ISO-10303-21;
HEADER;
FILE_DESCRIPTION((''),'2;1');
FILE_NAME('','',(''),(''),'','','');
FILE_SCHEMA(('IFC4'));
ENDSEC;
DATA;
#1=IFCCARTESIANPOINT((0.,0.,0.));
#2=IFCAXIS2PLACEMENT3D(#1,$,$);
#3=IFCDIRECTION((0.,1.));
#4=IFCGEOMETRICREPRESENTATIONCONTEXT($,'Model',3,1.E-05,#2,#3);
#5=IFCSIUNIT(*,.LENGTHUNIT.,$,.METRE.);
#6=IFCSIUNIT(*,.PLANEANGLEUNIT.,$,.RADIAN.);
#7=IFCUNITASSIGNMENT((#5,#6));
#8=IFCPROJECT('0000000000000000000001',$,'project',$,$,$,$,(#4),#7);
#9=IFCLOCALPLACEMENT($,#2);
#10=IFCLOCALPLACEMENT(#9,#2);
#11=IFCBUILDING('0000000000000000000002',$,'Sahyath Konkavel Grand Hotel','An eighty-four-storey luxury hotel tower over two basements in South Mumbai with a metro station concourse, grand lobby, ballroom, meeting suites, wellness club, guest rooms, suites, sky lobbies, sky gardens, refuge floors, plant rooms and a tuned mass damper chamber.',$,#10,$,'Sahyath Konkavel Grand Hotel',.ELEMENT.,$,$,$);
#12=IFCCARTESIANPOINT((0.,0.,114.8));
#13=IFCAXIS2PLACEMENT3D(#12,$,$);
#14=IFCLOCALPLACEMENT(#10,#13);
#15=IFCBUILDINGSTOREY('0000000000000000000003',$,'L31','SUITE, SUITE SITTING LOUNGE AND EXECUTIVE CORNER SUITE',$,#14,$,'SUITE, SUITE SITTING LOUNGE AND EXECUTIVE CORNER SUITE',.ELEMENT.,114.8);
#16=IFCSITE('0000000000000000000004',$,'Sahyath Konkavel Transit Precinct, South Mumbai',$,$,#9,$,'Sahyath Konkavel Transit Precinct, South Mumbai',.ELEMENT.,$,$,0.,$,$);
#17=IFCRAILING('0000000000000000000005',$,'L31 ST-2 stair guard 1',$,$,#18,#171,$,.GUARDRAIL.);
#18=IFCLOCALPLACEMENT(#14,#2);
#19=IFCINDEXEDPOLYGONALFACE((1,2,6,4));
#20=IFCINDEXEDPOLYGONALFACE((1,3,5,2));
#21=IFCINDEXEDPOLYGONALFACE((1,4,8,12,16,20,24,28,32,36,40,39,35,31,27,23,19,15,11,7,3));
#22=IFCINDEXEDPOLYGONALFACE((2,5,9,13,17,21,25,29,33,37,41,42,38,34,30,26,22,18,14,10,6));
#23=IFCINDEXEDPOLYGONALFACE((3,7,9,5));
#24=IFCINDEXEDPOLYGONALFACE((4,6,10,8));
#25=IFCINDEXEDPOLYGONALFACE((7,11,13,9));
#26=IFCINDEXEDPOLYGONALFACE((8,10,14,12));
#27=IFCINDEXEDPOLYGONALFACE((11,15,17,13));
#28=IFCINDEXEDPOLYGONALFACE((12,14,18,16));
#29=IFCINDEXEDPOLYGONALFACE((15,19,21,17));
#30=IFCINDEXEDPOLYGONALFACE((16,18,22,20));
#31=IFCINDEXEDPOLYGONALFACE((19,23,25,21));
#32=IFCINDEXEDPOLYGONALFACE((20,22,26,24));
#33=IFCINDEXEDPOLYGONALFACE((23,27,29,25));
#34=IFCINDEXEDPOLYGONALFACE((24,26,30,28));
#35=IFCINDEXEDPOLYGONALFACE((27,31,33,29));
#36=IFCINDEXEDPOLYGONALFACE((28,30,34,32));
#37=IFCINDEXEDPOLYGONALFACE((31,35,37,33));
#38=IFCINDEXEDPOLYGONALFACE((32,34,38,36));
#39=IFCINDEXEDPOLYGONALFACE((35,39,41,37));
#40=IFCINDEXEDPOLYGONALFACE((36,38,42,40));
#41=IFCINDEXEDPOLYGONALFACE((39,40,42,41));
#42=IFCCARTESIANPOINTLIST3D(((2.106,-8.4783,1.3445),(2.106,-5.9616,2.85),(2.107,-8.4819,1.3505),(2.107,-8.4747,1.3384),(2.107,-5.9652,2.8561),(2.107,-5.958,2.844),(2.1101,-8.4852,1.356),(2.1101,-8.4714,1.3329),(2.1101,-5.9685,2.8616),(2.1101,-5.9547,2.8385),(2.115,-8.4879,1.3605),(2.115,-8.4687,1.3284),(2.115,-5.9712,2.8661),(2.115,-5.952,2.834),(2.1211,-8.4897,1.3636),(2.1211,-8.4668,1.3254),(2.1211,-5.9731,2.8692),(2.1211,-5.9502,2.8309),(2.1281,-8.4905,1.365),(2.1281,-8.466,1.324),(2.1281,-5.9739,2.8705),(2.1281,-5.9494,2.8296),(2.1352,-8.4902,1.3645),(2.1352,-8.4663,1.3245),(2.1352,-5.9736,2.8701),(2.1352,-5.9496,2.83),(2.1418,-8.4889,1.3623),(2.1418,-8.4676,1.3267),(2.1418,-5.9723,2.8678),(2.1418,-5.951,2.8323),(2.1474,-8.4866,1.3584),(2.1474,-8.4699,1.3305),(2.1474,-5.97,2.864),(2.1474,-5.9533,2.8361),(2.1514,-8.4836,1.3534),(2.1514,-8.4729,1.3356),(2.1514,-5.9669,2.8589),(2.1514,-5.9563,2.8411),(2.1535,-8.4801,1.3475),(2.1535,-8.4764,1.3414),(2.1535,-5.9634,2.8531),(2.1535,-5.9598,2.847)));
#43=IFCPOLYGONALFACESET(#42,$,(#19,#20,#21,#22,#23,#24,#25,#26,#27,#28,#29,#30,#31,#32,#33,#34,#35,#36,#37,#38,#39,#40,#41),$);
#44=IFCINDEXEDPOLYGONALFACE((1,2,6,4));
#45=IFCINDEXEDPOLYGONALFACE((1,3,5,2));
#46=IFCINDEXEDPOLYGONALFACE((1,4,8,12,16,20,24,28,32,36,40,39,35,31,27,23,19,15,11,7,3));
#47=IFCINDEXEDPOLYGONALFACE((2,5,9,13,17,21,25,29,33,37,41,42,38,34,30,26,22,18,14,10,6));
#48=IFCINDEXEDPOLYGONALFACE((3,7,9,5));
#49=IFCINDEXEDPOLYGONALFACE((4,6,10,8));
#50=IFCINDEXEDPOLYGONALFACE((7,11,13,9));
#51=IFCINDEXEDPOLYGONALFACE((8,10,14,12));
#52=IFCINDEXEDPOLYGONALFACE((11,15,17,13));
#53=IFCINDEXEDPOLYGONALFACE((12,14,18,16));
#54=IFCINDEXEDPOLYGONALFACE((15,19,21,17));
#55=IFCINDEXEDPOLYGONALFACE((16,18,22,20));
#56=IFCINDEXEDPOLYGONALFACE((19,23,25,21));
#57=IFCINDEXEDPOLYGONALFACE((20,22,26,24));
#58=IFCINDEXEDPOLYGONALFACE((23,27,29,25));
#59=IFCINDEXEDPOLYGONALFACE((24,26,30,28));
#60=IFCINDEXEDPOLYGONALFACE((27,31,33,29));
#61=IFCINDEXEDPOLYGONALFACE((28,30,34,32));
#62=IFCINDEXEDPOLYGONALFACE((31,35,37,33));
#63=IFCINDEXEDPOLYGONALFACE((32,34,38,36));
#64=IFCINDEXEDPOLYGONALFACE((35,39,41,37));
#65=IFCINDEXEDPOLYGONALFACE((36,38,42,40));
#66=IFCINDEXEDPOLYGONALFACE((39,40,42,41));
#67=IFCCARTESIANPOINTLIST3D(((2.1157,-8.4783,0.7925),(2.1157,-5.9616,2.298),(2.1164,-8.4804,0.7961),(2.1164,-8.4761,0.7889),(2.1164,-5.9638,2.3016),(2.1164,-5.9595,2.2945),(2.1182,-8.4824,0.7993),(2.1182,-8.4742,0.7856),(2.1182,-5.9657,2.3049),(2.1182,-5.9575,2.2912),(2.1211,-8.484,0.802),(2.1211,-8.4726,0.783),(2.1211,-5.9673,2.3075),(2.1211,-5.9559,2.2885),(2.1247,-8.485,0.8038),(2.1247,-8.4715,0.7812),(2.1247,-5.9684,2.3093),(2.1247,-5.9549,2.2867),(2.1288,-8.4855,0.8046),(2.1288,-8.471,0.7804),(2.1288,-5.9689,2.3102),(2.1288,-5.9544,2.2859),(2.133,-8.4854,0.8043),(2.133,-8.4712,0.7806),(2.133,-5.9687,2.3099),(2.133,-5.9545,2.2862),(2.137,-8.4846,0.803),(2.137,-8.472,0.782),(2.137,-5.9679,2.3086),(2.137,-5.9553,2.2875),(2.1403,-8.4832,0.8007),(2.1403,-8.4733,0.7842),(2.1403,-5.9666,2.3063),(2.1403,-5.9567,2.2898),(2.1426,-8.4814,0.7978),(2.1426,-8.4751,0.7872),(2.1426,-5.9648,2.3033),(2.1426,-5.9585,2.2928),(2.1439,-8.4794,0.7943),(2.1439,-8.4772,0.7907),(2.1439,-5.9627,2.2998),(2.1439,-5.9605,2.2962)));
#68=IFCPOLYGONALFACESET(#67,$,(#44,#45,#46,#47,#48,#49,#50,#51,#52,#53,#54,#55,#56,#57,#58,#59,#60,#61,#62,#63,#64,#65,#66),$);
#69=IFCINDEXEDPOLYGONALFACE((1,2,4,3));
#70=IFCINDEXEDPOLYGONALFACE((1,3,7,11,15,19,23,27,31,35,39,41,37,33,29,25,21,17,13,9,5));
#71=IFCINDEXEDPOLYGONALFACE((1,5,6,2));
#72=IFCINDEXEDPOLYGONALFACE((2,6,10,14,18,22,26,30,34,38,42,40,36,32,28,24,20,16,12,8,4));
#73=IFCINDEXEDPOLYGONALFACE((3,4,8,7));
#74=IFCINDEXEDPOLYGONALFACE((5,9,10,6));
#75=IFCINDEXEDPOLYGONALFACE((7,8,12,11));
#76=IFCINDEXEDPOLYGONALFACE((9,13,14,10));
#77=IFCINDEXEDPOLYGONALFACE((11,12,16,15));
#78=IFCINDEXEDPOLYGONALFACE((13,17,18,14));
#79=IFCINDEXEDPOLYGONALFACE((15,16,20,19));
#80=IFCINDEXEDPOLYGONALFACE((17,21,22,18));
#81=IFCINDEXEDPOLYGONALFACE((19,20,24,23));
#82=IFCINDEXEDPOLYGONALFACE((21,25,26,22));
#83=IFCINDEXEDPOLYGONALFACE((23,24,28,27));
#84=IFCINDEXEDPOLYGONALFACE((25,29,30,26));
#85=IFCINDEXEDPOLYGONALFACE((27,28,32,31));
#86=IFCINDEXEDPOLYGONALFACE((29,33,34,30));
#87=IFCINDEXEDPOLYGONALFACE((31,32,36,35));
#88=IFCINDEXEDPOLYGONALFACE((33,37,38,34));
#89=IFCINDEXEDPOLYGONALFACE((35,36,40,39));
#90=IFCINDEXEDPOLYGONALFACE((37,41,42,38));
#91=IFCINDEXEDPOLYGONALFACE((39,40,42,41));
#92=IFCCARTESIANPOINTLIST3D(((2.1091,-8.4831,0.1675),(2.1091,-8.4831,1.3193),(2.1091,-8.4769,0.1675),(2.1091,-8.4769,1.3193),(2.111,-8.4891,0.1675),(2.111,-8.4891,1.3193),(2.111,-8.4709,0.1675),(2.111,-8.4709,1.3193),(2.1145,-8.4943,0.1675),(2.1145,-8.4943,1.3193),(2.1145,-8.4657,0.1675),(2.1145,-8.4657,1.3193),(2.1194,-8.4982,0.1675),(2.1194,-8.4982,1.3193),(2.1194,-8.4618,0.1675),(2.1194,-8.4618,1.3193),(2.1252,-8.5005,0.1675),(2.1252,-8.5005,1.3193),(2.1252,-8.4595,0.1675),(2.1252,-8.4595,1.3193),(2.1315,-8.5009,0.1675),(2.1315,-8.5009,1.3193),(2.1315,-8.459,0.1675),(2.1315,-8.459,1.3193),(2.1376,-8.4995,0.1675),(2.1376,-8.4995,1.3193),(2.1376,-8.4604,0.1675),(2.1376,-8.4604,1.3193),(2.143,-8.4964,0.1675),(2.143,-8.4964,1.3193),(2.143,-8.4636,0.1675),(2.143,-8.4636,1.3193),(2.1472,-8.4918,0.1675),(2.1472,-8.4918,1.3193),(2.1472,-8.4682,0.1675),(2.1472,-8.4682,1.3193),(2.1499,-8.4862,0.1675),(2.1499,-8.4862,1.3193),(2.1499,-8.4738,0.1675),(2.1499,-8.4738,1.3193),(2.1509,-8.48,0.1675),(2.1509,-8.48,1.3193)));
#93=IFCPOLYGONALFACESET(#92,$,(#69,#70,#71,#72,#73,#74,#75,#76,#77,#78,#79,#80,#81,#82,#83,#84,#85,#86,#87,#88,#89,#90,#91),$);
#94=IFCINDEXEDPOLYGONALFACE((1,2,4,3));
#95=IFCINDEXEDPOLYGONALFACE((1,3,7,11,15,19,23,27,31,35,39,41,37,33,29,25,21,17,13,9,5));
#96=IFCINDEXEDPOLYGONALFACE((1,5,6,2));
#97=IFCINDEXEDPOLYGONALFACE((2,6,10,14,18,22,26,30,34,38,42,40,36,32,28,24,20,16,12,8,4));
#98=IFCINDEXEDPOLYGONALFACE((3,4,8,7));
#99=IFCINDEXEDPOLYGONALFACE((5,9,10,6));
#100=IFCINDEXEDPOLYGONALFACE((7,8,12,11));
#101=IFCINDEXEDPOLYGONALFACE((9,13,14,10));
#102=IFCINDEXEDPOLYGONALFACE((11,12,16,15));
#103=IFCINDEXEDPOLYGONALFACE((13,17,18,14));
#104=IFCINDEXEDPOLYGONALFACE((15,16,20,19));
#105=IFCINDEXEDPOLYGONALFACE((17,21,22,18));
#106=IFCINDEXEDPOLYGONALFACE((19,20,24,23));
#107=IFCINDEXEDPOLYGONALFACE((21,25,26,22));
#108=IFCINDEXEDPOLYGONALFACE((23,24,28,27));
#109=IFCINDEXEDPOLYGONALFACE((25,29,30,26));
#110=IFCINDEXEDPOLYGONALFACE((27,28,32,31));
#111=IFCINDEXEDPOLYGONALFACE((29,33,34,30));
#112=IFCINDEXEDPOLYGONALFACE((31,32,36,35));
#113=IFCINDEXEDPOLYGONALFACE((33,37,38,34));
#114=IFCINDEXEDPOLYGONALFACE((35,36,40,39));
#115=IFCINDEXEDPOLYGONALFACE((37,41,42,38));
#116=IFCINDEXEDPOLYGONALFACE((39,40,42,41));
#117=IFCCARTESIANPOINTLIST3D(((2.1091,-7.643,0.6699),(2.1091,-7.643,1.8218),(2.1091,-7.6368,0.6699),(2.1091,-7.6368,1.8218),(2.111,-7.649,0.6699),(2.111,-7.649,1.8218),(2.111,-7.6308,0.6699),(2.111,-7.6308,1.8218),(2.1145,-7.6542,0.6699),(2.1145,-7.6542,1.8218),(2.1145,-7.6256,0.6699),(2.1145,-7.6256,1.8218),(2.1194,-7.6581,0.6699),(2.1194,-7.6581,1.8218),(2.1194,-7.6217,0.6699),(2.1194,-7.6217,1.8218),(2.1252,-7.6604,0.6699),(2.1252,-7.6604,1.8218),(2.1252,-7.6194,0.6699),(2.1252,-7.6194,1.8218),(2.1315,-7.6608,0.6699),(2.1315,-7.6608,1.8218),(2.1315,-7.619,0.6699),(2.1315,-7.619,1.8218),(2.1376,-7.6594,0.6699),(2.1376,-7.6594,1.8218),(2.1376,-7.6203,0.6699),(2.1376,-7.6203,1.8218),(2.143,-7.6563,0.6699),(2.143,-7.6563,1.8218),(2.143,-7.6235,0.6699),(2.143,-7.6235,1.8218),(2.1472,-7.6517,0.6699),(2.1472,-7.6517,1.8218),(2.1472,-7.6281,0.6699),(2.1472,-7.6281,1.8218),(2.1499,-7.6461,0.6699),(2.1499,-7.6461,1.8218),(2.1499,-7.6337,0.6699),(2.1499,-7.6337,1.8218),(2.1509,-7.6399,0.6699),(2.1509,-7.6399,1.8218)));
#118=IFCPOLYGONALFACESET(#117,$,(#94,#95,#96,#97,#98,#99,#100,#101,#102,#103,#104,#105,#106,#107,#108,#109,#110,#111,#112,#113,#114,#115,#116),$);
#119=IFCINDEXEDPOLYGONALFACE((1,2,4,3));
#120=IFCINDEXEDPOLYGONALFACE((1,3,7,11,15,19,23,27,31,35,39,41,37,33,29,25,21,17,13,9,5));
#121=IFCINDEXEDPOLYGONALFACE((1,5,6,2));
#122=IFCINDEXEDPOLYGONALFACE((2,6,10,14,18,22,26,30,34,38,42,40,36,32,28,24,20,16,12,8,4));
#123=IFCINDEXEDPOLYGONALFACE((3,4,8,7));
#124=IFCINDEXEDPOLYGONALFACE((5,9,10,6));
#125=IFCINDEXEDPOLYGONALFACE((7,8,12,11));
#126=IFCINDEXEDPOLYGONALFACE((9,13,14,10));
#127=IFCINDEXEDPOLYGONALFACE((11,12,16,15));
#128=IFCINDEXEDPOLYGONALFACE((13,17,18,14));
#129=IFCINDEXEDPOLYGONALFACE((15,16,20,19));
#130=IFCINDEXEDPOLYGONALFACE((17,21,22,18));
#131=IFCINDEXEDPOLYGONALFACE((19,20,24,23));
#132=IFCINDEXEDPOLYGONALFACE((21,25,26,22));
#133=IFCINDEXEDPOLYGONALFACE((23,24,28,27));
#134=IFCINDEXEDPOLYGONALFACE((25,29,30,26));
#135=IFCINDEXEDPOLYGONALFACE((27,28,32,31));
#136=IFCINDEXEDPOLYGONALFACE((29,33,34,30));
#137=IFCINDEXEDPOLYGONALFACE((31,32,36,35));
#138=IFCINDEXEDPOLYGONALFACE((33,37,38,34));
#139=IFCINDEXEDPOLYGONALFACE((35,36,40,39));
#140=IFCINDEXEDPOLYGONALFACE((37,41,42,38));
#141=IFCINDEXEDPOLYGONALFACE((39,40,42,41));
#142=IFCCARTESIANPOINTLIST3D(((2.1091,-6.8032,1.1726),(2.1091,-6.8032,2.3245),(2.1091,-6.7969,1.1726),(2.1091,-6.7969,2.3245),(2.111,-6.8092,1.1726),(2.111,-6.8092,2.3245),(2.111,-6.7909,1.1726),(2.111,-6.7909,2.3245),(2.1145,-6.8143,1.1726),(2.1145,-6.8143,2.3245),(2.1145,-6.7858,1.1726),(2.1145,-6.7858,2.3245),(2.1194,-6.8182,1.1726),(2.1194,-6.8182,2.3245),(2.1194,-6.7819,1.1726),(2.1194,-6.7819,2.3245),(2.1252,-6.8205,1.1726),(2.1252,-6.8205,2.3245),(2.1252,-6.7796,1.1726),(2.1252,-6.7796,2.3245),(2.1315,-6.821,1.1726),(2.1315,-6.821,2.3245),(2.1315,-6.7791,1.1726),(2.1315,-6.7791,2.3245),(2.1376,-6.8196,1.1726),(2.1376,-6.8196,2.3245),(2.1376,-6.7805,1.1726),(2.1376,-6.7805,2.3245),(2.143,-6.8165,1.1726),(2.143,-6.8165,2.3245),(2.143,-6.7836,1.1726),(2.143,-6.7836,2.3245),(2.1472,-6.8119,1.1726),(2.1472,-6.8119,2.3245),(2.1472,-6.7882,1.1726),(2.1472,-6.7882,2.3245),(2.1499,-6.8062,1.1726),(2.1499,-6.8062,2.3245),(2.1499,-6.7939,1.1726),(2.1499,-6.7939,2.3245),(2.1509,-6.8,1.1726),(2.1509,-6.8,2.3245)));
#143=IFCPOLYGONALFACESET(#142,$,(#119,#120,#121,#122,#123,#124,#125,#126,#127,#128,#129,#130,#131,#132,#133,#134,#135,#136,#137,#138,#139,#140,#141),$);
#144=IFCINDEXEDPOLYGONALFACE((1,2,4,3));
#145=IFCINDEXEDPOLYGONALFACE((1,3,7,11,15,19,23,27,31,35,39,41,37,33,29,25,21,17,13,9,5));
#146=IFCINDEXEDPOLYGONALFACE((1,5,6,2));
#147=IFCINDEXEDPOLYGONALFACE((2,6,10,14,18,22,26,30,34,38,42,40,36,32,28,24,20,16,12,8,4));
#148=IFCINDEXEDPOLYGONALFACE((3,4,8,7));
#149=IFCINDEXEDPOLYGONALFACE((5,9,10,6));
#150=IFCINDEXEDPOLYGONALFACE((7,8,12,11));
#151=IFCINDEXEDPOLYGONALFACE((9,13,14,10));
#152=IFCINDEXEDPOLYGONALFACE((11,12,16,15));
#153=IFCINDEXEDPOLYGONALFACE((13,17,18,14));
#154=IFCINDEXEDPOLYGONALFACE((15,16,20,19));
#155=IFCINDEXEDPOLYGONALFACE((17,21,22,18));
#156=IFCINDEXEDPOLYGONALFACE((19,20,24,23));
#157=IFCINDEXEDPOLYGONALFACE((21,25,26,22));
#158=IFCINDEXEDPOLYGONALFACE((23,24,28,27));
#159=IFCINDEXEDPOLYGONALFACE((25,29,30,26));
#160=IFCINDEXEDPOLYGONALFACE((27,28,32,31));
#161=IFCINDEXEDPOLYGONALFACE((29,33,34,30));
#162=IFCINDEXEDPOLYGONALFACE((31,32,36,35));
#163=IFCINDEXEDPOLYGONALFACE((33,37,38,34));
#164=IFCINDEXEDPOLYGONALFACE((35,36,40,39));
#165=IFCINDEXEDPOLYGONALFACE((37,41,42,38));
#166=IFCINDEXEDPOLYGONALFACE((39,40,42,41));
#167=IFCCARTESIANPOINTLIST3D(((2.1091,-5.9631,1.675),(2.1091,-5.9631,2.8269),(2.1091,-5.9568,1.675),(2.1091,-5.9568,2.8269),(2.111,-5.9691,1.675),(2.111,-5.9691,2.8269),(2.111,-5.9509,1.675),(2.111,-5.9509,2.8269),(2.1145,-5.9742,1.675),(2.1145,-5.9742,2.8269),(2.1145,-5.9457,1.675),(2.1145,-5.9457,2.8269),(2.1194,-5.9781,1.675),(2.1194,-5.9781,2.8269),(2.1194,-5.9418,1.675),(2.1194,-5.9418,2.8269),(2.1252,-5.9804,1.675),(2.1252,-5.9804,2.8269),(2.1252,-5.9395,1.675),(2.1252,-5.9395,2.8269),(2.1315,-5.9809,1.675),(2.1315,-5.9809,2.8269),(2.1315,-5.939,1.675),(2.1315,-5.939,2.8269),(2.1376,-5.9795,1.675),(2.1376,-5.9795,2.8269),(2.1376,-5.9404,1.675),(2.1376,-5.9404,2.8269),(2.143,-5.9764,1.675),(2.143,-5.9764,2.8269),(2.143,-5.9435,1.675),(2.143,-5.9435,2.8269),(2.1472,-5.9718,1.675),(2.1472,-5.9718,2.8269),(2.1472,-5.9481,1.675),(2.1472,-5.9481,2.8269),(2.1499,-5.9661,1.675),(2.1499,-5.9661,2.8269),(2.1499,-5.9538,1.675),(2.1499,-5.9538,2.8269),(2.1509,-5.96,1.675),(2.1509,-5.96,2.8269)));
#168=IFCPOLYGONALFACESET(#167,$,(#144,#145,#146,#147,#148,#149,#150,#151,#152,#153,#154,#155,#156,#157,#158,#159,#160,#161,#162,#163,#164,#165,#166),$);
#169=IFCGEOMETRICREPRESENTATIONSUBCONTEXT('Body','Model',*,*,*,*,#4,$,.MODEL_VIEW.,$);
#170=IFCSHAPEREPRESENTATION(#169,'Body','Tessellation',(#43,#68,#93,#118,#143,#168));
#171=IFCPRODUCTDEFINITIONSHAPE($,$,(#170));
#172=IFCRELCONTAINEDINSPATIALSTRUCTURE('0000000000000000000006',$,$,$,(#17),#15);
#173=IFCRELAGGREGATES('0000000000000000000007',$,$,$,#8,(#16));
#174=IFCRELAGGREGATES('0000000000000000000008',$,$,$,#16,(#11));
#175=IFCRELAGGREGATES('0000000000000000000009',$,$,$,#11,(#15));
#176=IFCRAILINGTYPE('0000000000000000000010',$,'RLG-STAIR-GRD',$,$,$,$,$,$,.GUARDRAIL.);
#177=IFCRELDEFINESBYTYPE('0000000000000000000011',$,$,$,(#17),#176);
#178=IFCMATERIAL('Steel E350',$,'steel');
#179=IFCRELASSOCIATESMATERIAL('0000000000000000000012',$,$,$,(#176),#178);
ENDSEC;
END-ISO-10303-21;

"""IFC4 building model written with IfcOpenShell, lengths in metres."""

from ifc_helpers import new_model, si_unit, direction, frame, origin, origin_2d, place, context, subcontext, project, spatial, circle, extrude, material, type_object, element, save


model = new_model("IFC4")

# Units and contexts
model_context = context("Model", 3, precision=1e-05, world=origin(), true_north=direction((0.0, 1.0)))
body_context = subcontext(model_context, "Body", "Model", "MODEL_VIEW")
ifc_project = project(units=[si_unit("LENGTHUNIT", "METRE"), si_unit("PLANEANGLEUNIT", "RADIAN")], contexts=[model_context])

# Site, building, storey
site_placement = place(None, origin())
site = spatial("IfcSite", under=ifc_project, at=site_placement, Name="Sahyath Konkavel Transit Precinct, South Mumbai", LongName="Sahyath Konkavel Transit Precinct, South Mumbai", CompositionType="ELEMENT", RefElevation=0.0)
building_placement = place(site_placement, origin())
building = spatial("IfcBuilding", under=site, at=building_placement, Name="Sahyath Konkavel Grand Hotel", Description="An eighty-four-storey luxury hotel tower over two basements in South Mumbai with a metro station concourse, grand lobby, ballroom, meeting suites, wellness club, guest rooms, suites, sky lobbies, sky gardens, refuge floors, plant rooms and a tuned mass damper chamber.", LongName="Sahyath Konkavel Grand Hotel", CompositionType="ELEMENT")
storey_placement = place(building_placement, frame((0.0, 0.0, 114.8)))
storey = spatial("IfcBuildingStorey", under=building, at=storey_placement, Name="L31", Description="SUITE, SUITE SITTING LOUNGE AND EXECUTIVE CORNER SUITE", LongName="SUITE, SUITE SITTING LOUNGE AND EXECUTIVE CORNER SUITE", CompositionType="ELEMENT", Elevation=114.8)

# Shared definitions
ifc_material_1 = material(Name="Steel E350", Category="steel")

# Railing
railing_type_1 = type_object("IfcRailingType", Name="RLG-STAIR-GRD", PredefinedType="GUARDRAIL", material=ifc_material_1)
railing_1_placement = place(storey_placement, frame((2.1299, -8.48, 0.1675)))
element("IfcRailing", 1, at=railing_1_placement, inside=storey, type_object=railing_type_1, Name="L31 ST-2 stair guard 1", PredefinedType="GUARDRAIL", context=body_context, shape_type="SweptSolid", body=[
    extrude(circle(Radius=0.0239, at=origin_2d()), frame((0.0, 0.0017, 1.177), z_axis=(0.0, 0.85816, 0.513383), x_axis=(-1.0, 0.0, 0.0)), (0.0, 0.0, 1.0), 2.9326),
    extrude(circle(Radius=0.0142, at=origin_2d()), frame((0.0, 0.0017, 0.625), z_axis=(0.0, 0.85816, 0.513383), x_axis=(-1.0, 0.0, 0.0)), (0.0, 0.0, 1.0), 2.9326),
    extrude(circle(Radius=0.021, at=origin_2d()), origin(), (0.0, 0.0, 1.0), 1.1519),
    extrude(circle(Radius=0.021, at=origin_2d()), frame((0.0, 0.8401, 0.5024)), (0.0, 0.0, 1.0), 1.1519),
    extrude(circle(Radius=0.021, at=origin_2d()), frame((0.0, 1.6799, 1.0051)), (0.0, 0.0, 1.0), 1.1519),
    extrude(circle(Radius=0.021, at=origin_2d()), frame((0.0, 2.52, 1.5076)), (0.0, 0.0, 1.0), 1.1519),
])

save(model, "model.ifc")
